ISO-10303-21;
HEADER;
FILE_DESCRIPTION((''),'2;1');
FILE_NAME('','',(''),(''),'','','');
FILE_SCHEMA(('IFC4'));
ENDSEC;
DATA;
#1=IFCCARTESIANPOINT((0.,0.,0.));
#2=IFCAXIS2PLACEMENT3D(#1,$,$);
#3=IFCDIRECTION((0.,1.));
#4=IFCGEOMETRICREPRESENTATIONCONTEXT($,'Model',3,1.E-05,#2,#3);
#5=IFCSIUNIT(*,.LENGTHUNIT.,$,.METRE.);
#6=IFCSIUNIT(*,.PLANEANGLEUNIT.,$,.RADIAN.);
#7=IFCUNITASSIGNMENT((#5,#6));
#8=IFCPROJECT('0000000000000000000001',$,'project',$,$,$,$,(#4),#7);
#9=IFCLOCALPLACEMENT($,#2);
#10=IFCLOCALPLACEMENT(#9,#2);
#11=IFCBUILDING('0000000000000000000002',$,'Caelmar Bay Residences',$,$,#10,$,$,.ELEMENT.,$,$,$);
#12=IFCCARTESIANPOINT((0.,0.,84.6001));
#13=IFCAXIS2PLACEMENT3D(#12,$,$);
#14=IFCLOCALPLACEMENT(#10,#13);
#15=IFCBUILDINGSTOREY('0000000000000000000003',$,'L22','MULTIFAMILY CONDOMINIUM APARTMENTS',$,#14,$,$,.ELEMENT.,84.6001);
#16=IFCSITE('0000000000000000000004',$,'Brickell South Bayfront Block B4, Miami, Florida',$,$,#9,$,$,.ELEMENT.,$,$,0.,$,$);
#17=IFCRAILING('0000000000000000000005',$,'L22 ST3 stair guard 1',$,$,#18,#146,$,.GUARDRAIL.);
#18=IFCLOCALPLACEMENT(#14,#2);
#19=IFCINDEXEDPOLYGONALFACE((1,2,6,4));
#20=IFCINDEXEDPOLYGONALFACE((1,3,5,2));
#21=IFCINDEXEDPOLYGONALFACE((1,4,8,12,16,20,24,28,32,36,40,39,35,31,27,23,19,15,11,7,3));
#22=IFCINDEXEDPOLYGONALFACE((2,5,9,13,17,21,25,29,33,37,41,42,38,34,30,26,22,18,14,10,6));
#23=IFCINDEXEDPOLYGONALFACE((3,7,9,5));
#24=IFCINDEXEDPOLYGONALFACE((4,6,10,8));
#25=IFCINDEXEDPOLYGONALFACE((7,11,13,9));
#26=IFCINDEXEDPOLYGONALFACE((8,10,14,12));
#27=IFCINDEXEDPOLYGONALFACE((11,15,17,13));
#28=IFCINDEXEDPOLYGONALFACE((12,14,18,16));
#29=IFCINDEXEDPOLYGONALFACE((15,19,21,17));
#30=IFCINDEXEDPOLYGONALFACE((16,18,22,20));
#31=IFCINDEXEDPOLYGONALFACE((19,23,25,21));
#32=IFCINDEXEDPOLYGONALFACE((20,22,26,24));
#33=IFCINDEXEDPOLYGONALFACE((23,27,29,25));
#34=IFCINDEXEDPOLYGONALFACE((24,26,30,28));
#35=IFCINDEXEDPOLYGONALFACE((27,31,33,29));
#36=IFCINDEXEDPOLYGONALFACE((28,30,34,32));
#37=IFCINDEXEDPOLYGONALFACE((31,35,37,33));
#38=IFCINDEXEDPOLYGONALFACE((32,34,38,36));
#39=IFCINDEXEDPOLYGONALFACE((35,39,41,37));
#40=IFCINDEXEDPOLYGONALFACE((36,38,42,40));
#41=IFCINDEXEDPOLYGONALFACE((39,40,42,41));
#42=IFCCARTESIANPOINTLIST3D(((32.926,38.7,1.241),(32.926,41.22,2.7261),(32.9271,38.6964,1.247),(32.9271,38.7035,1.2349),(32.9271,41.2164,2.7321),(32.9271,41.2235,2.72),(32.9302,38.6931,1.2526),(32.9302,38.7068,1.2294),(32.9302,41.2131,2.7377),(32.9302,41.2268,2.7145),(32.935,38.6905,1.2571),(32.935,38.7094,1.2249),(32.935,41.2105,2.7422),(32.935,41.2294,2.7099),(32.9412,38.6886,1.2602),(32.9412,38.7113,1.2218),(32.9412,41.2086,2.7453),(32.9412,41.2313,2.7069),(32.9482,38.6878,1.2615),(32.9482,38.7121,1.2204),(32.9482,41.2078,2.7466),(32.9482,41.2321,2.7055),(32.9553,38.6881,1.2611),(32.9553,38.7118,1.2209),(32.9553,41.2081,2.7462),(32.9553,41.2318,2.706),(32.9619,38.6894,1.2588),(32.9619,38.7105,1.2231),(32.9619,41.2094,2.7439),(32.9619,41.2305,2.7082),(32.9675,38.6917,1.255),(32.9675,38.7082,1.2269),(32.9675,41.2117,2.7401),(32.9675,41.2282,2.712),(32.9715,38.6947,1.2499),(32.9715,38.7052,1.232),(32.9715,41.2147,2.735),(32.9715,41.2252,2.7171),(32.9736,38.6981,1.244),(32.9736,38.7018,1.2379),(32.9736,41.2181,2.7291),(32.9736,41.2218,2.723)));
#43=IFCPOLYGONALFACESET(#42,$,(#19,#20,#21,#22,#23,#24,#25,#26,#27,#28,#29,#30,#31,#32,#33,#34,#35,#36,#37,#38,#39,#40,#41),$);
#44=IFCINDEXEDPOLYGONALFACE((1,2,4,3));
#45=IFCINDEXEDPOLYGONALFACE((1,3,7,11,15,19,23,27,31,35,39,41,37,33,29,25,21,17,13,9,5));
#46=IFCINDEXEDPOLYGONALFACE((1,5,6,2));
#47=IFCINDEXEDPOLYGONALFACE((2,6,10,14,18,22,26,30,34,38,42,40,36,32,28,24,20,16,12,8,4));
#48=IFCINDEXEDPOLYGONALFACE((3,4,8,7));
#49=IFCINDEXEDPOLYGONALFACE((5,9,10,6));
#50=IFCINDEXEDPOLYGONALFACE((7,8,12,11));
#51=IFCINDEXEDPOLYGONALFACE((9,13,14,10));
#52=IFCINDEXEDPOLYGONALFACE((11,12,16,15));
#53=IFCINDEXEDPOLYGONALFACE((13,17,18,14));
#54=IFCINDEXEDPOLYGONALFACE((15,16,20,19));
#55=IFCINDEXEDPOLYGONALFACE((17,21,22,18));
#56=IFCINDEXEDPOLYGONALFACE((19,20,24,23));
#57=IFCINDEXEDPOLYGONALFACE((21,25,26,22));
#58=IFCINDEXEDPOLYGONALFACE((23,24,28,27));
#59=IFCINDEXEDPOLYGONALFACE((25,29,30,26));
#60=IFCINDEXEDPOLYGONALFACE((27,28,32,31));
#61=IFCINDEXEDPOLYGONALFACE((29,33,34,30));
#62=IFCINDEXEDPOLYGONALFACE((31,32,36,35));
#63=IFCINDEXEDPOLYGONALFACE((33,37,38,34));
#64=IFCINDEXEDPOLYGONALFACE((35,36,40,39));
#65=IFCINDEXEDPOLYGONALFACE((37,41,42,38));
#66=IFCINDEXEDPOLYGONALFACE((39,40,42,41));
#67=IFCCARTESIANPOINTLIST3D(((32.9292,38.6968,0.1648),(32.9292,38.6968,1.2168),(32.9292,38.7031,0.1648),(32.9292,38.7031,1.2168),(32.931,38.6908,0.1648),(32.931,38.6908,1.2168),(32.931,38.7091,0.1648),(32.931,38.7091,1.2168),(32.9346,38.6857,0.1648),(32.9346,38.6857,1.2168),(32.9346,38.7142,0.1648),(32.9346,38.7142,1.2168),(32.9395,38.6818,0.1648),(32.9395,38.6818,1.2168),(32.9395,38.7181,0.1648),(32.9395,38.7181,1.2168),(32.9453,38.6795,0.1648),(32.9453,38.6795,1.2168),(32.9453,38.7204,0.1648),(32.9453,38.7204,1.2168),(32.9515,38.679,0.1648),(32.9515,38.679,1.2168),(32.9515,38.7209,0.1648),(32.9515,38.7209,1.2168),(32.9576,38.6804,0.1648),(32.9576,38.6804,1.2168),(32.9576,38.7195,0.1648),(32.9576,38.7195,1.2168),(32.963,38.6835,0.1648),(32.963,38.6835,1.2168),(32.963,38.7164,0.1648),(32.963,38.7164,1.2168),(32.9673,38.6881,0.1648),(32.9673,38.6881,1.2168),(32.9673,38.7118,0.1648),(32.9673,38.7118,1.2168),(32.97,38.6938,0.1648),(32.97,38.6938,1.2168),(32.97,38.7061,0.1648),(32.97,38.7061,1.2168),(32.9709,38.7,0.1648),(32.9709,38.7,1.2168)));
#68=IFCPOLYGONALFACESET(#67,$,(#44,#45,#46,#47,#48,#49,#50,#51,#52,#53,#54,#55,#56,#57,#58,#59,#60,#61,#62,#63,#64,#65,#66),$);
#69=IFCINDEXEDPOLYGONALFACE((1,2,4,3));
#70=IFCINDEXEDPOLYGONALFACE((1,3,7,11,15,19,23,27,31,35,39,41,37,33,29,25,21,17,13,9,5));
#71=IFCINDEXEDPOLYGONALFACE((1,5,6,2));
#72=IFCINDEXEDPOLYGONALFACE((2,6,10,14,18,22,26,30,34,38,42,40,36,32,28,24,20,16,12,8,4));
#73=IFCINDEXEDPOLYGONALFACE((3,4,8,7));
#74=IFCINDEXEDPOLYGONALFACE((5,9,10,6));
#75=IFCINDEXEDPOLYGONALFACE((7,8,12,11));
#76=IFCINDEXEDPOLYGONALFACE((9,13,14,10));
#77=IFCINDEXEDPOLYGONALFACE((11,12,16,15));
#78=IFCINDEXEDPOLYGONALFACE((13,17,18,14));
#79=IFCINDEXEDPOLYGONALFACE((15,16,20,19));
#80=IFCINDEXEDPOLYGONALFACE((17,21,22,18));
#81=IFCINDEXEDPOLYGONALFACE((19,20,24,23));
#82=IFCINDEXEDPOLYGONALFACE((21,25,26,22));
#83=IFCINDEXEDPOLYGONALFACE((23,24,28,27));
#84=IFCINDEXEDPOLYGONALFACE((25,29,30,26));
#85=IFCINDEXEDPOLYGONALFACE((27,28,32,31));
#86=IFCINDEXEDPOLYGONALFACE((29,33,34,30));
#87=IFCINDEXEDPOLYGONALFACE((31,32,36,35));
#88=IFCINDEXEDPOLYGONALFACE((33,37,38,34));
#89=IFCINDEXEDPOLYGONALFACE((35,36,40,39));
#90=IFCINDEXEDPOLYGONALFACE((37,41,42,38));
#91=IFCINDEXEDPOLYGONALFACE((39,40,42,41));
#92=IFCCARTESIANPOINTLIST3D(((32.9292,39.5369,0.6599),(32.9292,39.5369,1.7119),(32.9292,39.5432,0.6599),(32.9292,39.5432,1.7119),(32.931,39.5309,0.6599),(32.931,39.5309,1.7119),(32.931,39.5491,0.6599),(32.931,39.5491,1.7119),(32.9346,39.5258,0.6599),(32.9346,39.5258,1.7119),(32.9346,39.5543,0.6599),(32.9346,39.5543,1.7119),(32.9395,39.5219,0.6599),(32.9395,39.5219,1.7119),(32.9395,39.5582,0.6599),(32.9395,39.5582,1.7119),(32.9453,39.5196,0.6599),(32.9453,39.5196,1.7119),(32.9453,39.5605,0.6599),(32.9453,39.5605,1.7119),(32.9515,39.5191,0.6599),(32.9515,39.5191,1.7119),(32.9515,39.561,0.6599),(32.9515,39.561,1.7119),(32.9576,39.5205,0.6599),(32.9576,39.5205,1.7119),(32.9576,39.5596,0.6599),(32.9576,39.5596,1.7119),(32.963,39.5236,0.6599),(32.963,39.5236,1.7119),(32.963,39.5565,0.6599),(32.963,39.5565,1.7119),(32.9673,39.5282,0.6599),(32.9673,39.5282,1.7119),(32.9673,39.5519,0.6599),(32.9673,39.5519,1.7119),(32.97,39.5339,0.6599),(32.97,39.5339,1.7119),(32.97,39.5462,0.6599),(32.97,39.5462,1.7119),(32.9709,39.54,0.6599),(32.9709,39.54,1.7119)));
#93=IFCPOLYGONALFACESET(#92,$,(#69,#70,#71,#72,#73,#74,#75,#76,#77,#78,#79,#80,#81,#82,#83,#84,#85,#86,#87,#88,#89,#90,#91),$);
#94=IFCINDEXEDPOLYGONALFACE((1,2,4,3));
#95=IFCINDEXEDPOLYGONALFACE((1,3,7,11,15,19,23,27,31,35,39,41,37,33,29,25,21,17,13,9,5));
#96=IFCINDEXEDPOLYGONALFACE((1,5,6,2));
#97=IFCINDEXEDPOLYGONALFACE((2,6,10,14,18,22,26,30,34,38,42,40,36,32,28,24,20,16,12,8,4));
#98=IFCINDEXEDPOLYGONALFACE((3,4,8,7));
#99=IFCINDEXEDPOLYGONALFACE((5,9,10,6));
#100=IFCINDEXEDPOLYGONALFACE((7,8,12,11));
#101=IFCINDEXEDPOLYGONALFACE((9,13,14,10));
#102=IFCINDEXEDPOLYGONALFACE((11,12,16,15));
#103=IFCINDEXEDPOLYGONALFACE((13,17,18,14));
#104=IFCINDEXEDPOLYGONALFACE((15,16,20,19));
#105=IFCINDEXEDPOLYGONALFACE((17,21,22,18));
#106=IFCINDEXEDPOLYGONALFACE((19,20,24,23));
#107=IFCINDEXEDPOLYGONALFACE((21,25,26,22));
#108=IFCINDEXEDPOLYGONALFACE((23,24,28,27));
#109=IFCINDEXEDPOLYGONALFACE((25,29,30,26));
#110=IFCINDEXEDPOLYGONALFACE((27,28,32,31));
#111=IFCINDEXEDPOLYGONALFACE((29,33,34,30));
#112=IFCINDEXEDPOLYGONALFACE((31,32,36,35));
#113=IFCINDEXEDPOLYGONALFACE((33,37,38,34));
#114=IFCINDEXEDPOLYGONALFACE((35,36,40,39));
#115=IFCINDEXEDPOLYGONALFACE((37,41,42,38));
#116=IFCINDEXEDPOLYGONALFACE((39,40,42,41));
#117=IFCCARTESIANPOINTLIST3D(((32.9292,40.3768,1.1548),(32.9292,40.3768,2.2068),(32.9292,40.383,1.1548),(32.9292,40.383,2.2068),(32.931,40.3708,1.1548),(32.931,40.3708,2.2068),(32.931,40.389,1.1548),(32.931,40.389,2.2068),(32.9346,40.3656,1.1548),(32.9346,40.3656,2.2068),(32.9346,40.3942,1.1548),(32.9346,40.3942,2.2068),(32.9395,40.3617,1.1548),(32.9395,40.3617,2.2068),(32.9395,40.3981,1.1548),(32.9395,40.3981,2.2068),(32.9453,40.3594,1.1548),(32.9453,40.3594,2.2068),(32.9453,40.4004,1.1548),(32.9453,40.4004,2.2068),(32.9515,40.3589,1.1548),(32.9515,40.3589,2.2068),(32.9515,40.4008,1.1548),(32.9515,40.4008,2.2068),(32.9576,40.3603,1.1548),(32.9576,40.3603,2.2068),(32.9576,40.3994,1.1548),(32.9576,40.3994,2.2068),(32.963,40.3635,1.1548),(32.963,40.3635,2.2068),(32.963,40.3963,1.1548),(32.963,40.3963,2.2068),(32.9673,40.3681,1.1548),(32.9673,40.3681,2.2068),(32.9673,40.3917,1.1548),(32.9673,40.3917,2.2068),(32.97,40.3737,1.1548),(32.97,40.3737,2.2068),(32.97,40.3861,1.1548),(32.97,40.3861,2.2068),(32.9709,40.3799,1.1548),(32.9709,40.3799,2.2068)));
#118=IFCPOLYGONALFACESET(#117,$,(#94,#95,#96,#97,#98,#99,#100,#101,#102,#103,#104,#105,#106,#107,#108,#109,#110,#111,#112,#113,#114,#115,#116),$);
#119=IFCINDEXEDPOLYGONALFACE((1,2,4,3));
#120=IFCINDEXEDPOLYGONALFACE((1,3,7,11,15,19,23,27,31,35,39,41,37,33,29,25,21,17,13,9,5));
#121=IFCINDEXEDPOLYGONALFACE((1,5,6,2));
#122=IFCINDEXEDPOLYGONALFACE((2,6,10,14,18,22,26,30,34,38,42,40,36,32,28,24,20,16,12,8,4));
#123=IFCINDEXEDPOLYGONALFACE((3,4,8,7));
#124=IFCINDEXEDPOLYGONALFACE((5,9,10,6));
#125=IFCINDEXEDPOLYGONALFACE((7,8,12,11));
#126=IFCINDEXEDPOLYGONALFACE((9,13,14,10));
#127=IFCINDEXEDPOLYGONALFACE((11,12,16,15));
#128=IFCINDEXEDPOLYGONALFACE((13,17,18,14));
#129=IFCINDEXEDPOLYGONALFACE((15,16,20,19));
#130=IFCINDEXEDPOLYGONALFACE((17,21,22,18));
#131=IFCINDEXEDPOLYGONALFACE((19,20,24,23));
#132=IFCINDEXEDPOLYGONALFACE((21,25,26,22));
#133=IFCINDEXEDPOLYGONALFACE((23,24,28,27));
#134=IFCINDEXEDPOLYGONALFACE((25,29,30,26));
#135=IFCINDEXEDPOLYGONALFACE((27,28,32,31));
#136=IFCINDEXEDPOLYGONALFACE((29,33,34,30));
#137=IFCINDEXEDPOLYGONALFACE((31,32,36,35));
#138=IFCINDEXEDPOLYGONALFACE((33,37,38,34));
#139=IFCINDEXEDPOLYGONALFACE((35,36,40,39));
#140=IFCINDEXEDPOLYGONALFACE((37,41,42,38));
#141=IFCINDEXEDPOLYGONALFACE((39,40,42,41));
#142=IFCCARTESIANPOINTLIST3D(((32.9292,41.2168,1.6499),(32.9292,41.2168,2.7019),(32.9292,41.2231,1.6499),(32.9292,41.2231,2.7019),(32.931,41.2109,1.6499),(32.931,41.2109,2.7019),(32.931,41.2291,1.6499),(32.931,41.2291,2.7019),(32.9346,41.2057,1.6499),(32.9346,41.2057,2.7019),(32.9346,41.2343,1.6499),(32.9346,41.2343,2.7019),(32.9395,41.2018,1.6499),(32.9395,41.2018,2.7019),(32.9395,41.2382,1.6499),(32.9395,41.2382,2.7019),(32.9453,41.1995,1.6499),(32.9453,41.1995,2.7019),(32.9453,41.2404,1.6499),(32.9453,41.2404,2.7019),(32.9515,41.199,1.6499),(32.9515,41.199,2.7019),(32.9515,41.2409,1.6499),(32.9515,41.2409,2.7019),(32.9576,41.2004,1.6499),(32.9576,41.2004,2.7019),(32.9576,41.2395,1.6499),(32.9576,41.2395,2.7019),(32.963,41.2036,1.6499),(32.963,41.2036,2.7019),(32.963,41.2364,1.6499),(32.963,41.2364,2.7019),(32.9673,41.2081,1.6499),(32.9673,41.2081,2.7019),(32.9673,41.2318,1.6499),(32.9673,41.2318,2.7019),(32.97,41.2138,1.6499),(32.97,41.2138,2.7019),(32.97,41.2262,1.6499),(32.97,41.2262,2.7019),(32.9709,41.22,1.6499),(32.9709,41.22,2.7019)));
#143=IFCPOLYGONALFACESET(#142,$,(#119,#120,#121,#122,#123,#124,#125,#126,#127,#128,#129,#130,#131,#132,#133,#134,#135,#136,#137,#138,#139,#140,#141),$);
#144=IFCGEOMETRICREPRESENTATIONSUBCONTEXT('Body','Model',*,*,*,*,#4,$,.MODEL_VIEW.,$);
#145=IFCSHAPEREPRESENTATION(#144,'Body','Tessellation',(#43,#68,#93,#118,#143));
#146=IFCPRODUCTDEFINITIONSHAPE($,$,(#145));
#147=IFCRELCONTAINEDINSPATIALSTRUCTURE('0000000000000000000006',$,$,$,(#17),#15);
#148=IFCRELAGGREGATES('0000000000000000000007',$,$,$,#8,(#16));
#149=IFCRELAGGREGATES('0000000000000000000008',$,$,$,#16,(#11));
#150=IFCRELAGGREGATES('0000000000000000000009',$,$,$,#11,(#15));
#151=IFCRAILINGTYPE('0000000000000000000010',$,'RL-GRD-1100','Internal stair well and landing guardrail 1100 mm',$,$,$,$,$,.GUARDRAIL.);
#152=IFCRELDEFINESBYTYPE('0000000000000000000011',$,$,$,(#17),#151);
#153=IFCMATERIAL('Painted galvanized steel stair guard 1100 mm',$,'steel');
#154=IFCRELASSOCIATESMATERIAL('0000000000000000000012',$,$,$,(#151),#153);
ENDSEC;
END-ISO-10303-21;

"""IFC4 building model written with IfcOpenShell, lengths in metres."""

from ifc_helpers import new_model, si_unit, direction, frame, origin, origin_2d, place, context, subcontext, project, spatial, circle, extrude, material, type_object, element, save


model = new_model("IFC4")

# Units and contexts
model_context = context("Model", 3, precision=1e-05, world=origin(), true_north=direction((0.0, 1.0)))
body_context = subcontext(model_context, "Body", "Model", "MODEL_VIEW")
ifc_project = project(units=[si_unit("LENGTHUNIT", "METRE"), si_unit("PLANEANGLEUNIT", "RADIAN")], contexts=[model_context])

# Site, building, storey
site_placement = place(None, origin())
site = spatial("IfcSite", under=ifc_project, at=site_placement, Name="Brickell South Bayfront Block B4, Miami, Florida", CompositionType="ELEMENT", RefElevation=0.0)
building_placement = place(site_placement, origin())
building = spatial("IfcBuilding", under=site, at=building_placement, Name="Caelmar Bay Residences", CompositionType="ELEMENT")
storey_placement = place(building_placement, frame((0.0, 0.0, 84.6001)))
storey = spatial("IfcBuildingStorey", under=building, at=storey_placement, Name="L22", Description="MULTIFAMILY CONDOMINIUM APARTMENTS", CompositionType="ELEMENT", Elevation=84.6001)

# Railing
ifc_material_1 = material(Name="Painted galvanized steel stair guard 1100 mm", Category="steel")
railing_type_1 = type_object("IfcRailingType", Name="RL-GRD-1100", Description="Internal stair well and landing guardrail 1100 mm", PredefinedType="GUARDRAIL", material=ifc_material_1)
railing_1_placement = place(storey_placement, frame((32.95, 38.7, 0.1648)))
element("IfcRailing", 1, at=railing_1_placement, inside=storey, type_object=railing_type_1, Name="L22 ST3 stair guard 1", PredefinedType="GUARDRAIL", context=body_context, shape_type="SweptSolid", body=[
    extrude(circle(Radius=0.0239, at=origin_2d()), frame((0.0, 0.0, 1.0762), z_axis=(0.0, 0.861524, 0.507717), x_axis=(-1.0, 0.0, 0.0)), (0.0, 0.0, 1.0), 2.925),
    extrude(circle(Radius=0.021, at=origin_2d()), origin(), (0.0, 0.0, 1.0), 1.052),
    extrude(circle(Radius=0.021, at=origin_2d()), frame((0.0, 0.8401, 0.4951)), (0.0, 0.0, 1.0), 1.052),
    extrude(circle(Radius=0.021, at=origin_2d()), frame((0.0, 1.6799, 0.99)), (0.0, 0.0, 1.0), 1.052),
    extrude(circle(Radius=0.021, at=origin_2d()), frame((0.0, 2.52, 1.4851)), (0.0, 0.0, 1.0), 1.052),
])

save(model, "model.ifc")
